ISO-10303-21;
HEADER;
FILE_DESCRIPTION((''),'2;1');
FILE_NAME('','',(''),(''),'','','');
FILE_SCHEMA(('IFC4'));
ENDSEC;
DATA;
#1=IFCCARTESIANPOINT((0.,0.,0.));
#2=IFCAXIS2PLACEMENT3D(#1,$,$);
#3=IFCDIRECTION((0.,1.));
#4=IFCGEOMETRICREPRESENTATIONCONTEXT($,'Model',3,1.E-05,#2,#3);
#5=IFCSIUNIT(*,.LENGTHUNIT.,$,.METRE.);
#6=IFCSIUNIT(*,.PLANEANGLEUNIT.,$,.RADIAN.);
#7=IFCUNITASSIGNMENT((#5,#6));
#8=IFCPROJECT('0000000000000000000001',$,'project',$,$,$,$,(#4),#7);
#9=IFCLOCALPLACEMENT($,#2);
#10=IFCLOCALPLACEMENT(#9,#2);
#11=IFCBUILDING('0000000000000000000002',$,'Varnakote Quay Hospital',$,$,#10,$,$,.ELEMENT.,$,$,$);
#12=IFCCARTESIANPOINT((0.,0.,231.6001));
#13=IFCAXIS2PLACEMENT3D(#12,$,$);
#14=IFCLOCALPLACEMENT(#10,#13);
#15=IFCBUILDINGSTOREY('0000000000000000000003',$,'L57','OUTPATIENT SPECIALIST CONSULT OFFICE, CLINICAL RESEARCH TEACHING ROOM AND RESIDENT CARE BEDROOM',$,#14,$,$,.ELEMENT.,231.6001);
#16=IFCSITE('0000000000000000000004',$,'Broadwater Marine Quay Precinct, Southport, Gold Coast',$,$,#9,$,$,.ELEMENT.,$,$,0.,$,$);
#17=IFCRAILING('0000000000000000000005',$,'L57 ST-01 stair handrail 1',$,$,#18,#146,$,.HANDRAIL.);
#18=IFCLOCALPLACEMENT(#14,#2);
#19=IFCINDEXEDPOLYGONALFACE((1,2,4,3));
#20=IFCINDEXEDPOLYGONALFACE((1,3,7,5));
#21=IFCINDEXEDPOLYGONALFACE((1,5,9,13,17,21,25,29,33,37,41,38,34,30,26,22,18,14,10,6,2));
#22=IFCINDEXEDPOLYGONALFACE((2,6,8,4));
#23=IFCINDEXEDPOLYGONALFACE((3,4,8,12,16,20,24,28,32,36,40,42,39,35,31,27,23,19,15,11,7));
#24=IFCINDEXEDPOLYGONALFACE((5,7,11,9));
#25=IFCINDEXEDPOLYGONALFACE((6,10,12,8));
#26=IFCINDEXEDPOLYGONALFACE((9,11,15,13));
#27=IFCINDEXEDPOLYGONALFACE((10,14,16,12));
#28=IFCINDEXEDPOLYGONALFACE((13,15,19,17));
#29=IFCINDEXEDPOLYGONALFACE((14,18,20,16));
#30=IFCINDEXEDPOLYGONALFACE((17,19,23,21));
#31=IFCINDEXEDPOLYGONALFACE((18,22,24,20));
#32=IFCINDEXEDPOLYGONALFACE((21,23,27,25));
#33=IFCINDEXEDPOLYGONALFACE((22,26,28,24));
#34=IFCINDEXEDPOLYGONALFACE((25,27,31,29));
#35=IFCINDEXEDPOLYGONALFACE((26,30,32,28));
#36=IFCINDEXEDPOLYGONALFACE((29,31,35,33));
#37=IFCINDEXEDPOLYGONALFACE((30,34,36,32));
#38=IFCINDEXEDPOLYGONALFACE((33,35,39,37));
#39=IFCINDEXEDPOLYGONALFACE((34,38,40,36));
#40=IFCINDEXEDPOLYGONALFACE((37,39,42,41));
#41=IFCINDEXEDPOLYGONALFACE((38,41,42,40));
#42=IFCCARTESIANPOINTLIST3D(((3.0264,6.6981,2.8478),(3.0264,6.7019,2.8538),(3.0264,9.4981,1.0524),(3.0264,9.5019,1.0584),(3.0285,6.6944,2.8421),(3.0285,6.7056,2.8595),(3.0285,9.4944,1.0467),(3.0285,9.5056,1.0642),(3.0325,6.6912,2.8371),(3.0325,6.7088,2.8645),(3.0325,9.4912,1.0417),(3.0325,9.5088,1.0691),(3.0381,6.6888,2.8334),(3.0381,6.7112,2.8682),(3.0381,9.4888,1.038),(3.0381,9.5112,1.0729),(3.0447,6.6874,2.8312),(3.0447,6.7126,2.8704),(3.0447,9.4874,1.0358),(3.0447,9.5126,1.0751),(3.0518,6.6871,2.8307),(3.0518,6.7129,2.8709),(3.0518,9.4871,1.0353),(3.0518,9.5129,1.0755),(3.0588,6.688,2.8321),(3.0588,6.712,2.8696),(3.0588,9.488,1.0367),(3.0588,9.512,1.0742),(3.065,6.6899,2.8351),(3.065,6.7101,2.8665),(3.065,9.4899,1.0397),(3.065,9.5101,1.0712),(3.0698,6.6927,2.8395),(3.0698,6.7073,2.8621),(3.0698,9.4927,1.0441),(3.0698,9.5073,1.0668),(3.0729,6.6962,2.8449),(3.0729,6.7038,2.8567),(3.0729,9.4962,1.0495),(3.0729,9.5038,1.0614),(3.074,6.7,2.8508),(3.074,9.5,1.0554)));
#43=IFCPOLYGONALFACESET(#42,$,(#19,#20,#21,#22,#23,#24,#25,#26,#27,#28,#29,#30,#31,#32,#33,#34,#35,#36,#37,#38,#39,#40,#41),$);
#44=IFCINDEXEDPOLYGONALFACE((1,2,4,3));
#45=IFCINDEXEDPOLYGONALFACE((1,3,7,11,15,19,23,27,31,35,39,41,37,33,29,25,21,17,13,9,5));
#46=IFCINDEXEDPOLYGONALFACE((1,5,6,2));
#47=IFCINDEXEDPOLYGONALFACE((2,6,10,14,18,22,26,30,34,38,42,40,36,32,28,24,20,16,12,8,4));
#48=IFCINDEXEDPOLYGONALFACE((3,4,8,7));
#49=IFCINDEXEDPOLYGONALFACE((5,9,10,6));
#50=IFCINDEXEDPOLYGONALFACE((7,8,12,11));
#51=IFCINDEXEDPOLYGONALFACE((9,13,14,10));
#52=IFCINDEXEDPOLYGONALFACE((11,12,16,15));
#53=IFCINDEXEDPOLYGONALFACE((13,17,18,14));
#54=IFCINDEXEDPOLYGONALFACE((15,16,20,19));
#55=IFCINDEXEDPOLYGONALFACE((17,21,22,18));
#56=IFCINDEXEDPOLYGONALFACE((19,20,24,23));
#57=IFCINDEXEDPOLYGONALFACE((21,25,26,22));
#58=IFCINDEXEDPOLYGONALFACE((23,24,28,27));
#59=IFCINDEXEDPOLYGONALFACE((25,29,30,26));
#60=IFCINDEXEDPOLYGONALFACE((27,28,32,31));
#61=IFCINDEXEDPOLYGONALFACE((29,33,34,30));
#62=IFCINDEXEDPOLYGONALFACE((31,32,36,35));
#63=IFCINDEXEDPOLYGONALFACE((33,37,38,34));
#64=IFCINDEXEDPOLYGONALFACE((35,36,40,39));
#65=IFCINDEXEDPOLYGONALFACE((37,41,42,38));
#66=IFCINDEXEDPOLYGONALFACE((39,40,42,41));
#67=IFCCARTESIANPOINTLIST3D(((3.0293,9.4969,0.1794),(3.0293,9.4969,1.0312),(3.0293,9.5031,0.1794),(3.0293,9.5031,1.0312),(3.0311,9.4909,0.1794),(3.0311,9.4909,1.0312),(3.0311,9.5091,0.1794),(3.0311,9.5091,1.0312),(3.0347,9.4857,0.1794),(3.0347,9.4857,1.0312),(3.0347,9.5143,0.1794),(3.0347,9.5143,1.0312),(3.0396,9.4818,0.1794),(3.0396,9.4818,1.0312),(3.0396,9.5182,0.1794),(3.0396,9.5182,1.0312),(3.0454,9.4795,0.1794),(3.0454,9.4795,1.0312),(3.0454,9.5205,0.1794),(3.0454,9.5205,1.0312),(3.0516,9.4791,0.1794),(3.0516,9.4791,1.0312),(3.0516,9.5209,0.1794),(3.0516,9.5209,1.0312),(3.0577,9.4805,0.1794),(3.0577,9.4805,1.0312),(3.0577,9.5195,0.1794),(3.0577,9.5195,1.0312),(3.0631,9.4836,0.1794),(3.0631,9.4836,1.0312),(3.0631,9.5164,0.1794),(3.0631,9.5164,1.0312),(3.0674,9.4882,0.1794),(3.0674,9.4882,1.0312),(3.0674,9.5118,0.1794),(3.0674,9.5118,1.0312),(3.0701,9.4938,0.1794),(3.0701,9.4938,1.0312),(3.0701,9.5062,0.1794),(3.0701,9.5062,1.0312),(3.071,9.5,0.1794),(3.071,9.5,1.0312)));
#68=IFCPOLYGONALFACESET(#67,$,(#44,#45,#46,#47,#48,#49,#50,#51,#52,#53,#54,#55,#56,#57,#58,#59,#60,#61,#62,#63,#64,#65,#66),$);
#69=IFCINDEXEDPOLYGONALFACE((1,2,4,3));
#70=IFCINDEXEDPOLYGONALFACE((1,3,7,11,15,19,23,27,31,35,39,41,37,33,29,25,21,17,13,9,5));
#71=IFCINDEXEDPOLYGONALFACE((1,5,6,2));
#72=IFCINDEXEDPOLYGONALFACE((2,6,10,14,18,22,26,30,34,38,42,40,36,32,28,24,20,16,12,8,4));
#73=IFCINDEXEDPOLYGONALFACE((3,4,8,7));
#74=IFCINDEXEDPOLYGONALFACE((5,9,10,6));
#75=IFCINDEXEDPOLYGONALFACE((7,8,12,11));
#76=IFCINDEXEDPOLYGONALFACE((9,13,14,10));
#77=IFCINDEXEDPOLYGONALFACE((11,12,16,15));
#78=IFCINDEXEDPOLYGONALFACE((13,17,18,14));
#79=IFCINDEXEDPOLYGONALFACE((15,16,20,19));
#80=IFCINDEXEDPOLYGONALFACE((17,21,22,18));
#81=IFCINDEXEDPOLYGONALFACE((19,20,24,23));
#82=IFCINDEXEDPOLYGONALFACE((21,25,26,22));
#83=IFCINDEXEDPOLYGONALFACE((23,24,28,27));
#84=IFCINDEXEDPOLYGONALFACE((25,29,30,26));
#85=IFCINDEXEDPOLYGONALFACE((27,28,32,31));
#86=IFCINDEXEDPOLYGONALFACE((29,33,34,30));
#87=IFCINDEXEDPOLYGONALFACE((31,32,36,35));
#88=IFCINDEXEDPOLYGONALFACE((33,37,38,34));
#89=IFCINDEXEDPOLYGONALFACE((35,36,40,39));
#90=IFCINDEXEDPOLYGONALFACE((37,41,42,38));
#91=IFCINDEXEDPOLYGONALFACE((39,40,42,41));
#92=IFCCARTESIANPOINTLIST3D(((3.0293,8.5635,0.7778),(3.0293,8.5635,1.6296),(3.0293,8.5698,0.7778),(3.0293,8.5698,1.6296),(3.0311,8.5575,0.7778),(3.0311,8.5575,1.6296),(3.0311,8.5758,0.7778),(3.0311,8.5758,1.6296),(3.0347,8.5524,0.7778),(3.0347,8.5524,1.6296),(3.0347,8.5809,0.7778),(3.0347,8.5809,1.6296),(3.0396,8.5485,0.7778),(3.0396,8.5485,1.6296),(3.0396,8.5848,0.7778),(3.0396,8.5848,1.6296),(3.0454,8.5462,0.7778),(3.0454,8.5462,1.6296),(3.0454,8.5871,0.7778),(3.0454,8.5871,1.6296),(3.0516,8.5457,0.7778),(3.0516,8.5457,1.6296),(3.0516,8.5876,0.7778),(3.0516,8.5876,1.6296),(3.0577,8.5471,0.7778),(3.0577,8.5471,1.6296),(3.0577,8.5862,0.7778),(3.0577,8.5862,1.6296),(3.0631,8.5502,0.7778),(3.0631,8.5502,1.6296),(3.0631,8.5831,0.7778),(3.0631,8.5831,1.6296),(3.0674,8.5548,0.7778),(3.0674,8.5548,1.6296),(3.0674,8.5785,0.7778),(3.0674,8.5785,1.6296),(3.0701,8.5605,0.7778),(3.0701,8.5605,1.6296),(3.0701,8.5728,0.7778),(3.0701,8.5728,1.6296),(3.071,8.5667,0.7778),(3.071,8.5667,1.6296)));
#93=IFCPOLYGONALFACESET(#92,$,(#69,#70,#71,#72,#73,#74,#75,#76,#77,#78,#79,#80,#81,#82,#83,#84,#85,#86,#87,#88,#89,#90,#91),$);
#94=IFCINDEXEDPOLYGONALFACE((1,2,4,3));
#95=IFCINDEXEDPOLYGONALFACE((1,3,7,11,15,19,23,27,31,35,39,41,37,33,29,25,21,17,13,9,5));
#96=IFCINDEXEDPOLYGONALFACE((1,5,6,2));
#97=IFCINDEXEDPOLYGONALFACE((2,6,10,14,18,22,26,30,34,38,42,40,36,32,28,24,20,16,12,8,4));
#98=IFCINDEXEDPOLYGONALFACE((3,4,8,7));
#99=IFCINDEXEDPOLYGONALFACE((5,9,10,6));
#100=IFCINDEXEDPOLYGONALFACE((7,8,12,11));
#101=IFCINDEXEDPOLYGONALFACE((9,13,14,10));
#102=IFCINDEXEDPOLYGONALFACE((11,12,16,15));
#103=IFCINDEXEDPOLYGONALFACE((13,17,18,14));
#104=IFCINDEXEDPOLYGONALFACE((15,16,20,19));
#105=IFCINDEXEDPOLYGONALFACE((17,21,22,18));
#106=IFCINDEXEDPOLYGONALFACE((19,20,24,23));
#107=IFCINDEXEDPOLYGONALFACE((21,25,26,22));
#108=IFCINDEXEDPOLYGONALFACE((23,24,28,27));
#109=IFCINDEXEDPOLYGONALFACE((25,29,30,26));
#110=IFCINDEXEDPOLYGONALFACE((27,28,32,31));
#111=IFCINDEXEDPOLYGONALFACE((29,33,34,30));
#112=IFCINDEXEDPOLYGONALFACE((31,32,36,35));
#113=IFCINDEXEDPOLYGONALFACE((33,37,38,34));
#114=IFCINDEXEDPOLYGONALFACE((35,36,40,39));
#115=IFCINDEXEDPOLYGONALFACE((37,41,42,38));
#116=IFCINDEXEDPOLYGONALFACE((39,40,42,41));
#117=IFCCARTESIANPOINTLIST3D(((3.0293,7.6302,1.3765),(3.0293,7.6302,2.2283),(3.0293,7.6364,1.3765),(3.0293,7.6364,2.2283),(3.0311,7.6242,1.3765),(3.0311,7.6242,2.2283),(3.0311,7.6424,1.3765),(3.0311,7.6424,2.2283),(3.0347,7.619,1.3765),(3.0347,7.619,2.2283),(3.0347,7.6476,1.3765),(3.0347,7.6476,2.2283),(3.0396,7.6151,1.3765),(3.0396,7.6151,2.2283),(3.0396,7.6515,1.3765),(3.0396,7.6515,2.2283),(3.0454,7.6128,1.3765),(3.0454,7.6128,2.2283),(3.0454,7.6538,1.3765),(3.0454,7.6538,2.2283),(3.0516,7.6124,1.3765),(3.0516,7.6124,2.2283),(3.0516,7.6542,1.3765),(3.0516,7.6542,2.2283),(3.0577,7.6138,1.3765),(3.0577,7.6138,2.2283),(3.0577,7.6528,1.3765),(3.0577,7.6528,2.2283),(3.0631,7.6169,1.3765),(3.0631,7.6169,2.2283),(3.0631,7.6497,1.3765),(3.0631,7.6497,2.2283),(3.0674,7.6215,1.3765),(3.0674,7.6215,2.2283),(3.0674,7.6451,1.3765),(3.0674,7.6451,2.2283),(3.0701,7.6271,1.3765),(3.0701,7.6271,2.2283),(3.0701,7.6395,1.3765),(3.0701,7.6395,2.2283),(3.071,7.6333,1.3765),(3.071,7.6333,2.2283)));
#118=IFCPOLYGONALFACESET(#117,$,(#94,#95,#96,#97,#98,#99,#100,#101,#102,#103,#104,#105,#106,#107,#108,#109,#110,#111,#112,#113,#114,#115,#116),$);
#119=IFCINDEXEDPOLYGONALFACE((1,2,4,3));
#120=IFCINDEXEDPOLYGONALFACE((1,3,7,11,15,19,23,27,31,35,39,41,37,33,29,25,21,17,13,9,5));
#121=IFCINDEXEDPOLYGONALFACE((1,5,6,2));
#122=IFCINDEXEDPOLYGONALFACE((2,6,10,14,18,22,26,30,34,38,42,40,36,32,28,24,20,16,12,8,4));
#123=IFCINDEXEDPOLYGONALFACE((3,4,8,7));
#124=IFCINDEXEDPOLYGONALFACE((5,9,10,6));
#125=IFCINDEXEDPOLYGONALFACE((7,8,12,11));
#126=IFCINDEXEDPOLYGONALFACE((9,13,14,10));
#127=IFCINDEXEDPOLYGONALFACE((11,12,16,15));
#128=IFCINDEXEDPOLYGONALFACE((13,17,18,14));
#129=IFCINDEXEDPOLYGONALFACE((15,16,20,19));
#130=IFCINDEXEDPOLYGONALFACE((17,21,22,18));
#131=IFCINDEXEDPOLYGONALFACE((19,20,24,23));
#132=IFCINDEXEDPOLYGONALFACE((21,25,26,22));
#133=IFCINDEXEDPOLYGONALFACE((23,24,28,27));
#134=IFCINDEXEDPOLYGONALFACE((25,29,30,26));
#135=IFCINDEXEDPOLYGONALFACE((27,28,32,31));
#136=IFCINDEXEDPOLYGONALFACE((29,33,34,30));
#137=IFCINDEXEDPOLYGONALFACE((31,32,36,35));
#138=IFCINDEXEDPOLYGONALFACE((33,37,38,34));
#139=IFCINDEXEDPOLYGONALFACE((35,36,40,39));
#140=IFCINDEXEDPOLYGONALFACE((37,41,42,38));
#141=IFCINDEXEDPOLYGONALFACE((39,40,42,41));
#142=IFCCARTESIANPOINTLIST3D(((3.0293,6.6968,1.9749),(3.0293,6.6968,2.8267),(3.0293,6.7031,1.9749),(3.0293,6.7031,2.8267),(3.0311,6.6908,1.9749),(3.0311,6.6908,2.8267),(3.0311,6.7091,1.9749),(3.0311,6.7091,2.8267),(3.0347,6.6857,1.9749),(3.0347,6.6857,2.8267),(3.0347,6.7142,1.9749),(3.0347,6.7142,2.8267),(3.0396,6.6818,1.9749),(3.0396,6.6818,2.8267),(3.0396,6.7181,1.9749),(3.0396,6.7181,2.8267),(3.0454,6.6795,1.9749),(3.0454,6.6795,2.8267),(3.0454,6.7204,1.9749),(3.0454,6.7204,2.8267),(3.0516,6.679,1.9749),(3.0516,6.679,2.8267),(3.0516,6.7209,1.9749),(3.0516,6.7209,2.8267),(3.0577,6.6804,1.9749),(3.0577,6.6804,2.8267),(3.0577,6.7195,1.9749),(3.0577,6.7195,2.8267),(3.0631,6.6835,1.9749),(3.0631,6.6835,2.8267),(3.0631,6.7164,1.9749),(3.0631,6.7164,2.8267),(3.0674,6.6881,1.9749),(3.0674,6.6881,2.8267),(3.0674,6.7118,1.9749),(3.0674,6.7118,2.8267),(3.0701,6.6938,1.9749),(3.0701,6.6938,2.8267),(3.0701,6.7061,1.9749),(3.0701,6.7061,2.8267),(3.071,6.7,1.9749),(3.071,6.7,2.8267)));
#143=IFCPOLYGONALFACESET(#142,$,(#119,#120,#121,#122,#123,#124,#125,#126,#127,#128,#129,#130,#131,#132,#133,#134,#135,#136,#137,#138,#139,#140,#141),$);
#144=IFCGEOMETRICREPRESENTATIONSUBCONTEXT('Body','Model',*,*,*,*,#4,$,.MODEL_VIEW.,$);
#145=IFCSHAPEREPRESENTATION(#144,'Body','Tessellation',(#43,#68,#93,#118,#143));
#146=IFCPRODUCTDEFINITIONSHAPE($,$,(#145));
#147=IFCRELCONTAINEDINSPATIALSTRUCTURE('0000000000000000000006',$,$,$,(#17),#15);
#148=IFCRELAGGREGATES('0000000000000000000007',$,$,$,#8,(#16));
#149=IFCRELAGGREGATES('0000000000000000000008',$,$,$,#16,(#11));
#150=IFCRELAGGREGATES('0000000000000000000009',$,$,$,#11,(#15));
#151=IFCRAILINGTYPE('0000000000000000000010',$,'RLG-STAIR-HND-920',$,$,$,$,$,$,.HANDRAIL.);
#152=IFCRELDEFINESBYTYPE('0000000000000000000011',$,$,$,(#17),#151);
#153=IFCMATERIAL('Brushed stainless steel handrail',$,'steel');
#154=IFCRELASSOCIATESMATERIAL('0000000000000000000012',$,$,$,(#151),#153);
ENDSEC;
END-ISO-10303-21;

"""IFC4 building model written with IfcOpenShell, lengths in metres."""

from ifc_helpers import new_model, si_unit, direction, frame, origin, origin_2d, place, context, subcontext, project, spatial, circle, extrude, material, type_object, element, save


model = new_model("IFC4")

# Units and contexts
model_context = context("Model", 3, precision=1e-05, world=origin(), true_north=direction((0.0, 1.0)))
body_context = subcontext(model_context, "Body", "Model", "MODEL_VIEW")
ifc_project = project(units=[si_unit("LENGTHUNIT", "METRE"), si_unit("PLANEANGLEUNIT", "RADIAN")], contexts=[model_context])

# Site, building, storey
site_placement = place(None, origin())
site = spatial("IfcSite", under=ifc_project, at=site_placement, Name="Broadwater Marine Quay Precinct, Southport, Gold Coast", CompositionType="ELEMENT", RefElevation=0.0)
building_placement = place(site_placement, origin())
building = spatial("IfcBuilding", under=site, at=building_placement, Name="Varnakote Quay Hospital", CompositionType="ELEMENT")
storey_placement = place(building_placement, frame((0.0, 0.0, 231.6001)))
storey = spatial("IfcBuildingStorey", under=building, at=storey_placement, Name="L57", Description="OUTPATIENT SPECIALIST CONSULT OFFICE, CLINICAL RESEARCH TEACHING ROOM AND RESIDENT CARE BEDROOM", CompositionType="ELEMENT", Elevation=231.6001)

# Railing
ifc_material_1 = material(Name="Brushed stainless steel handrail", Category="steel")
railing_type_1 = type_object("IfcRailingType", Name="RLG-STAIR-HND-920", PredefinedType="HANDRAIL", material=ifc_material_1)
railing_1_placement = place(storey_placement, frame((3.05, 9.5, 0.1794)))
element("IfcRailing", 1, at=railing_1_placement, inside=storey, type_object=railing_type_1, Name="L57 ST-01 stair handrail 1", PredefinedType="HANDRAIL", context=body_context, shape_type="SweptSolid", body=[
    extrude(circle(Radius=0.0239, at=origin_2d()), frame((0.0, 0.0, 0.876), z_axis=(0.0, -0.84181, 0.539774), x_axis=(1.0, 0.0, 0.0)), (0.0, 0.0, 1.0), 3.3262),
    extrude(circle(Radius=0.021, at=origin_2d()), origin(), (0.0, 0.0, 1.0), 0.8518),
    extrude(circle(Radius=0.021, at=origin_2d()), frame((0.0, -0.9333, 0.5984)), (0.0, 0.0, 1.0), 0.8518),
    extrude(circle(Radius=0.021, at=origin_2d()), frame((0.0, -1.8667, 1.197)), (0.0, 0.0, 1.0), 0.8518),
    extrude(circle(Radius=0.021, at=origin_2d()), frame((0.0, -2.8, 1.7954)), (0.0, 0.0, 1.0), 0.8518),
])

save(model, "model.ifc")
